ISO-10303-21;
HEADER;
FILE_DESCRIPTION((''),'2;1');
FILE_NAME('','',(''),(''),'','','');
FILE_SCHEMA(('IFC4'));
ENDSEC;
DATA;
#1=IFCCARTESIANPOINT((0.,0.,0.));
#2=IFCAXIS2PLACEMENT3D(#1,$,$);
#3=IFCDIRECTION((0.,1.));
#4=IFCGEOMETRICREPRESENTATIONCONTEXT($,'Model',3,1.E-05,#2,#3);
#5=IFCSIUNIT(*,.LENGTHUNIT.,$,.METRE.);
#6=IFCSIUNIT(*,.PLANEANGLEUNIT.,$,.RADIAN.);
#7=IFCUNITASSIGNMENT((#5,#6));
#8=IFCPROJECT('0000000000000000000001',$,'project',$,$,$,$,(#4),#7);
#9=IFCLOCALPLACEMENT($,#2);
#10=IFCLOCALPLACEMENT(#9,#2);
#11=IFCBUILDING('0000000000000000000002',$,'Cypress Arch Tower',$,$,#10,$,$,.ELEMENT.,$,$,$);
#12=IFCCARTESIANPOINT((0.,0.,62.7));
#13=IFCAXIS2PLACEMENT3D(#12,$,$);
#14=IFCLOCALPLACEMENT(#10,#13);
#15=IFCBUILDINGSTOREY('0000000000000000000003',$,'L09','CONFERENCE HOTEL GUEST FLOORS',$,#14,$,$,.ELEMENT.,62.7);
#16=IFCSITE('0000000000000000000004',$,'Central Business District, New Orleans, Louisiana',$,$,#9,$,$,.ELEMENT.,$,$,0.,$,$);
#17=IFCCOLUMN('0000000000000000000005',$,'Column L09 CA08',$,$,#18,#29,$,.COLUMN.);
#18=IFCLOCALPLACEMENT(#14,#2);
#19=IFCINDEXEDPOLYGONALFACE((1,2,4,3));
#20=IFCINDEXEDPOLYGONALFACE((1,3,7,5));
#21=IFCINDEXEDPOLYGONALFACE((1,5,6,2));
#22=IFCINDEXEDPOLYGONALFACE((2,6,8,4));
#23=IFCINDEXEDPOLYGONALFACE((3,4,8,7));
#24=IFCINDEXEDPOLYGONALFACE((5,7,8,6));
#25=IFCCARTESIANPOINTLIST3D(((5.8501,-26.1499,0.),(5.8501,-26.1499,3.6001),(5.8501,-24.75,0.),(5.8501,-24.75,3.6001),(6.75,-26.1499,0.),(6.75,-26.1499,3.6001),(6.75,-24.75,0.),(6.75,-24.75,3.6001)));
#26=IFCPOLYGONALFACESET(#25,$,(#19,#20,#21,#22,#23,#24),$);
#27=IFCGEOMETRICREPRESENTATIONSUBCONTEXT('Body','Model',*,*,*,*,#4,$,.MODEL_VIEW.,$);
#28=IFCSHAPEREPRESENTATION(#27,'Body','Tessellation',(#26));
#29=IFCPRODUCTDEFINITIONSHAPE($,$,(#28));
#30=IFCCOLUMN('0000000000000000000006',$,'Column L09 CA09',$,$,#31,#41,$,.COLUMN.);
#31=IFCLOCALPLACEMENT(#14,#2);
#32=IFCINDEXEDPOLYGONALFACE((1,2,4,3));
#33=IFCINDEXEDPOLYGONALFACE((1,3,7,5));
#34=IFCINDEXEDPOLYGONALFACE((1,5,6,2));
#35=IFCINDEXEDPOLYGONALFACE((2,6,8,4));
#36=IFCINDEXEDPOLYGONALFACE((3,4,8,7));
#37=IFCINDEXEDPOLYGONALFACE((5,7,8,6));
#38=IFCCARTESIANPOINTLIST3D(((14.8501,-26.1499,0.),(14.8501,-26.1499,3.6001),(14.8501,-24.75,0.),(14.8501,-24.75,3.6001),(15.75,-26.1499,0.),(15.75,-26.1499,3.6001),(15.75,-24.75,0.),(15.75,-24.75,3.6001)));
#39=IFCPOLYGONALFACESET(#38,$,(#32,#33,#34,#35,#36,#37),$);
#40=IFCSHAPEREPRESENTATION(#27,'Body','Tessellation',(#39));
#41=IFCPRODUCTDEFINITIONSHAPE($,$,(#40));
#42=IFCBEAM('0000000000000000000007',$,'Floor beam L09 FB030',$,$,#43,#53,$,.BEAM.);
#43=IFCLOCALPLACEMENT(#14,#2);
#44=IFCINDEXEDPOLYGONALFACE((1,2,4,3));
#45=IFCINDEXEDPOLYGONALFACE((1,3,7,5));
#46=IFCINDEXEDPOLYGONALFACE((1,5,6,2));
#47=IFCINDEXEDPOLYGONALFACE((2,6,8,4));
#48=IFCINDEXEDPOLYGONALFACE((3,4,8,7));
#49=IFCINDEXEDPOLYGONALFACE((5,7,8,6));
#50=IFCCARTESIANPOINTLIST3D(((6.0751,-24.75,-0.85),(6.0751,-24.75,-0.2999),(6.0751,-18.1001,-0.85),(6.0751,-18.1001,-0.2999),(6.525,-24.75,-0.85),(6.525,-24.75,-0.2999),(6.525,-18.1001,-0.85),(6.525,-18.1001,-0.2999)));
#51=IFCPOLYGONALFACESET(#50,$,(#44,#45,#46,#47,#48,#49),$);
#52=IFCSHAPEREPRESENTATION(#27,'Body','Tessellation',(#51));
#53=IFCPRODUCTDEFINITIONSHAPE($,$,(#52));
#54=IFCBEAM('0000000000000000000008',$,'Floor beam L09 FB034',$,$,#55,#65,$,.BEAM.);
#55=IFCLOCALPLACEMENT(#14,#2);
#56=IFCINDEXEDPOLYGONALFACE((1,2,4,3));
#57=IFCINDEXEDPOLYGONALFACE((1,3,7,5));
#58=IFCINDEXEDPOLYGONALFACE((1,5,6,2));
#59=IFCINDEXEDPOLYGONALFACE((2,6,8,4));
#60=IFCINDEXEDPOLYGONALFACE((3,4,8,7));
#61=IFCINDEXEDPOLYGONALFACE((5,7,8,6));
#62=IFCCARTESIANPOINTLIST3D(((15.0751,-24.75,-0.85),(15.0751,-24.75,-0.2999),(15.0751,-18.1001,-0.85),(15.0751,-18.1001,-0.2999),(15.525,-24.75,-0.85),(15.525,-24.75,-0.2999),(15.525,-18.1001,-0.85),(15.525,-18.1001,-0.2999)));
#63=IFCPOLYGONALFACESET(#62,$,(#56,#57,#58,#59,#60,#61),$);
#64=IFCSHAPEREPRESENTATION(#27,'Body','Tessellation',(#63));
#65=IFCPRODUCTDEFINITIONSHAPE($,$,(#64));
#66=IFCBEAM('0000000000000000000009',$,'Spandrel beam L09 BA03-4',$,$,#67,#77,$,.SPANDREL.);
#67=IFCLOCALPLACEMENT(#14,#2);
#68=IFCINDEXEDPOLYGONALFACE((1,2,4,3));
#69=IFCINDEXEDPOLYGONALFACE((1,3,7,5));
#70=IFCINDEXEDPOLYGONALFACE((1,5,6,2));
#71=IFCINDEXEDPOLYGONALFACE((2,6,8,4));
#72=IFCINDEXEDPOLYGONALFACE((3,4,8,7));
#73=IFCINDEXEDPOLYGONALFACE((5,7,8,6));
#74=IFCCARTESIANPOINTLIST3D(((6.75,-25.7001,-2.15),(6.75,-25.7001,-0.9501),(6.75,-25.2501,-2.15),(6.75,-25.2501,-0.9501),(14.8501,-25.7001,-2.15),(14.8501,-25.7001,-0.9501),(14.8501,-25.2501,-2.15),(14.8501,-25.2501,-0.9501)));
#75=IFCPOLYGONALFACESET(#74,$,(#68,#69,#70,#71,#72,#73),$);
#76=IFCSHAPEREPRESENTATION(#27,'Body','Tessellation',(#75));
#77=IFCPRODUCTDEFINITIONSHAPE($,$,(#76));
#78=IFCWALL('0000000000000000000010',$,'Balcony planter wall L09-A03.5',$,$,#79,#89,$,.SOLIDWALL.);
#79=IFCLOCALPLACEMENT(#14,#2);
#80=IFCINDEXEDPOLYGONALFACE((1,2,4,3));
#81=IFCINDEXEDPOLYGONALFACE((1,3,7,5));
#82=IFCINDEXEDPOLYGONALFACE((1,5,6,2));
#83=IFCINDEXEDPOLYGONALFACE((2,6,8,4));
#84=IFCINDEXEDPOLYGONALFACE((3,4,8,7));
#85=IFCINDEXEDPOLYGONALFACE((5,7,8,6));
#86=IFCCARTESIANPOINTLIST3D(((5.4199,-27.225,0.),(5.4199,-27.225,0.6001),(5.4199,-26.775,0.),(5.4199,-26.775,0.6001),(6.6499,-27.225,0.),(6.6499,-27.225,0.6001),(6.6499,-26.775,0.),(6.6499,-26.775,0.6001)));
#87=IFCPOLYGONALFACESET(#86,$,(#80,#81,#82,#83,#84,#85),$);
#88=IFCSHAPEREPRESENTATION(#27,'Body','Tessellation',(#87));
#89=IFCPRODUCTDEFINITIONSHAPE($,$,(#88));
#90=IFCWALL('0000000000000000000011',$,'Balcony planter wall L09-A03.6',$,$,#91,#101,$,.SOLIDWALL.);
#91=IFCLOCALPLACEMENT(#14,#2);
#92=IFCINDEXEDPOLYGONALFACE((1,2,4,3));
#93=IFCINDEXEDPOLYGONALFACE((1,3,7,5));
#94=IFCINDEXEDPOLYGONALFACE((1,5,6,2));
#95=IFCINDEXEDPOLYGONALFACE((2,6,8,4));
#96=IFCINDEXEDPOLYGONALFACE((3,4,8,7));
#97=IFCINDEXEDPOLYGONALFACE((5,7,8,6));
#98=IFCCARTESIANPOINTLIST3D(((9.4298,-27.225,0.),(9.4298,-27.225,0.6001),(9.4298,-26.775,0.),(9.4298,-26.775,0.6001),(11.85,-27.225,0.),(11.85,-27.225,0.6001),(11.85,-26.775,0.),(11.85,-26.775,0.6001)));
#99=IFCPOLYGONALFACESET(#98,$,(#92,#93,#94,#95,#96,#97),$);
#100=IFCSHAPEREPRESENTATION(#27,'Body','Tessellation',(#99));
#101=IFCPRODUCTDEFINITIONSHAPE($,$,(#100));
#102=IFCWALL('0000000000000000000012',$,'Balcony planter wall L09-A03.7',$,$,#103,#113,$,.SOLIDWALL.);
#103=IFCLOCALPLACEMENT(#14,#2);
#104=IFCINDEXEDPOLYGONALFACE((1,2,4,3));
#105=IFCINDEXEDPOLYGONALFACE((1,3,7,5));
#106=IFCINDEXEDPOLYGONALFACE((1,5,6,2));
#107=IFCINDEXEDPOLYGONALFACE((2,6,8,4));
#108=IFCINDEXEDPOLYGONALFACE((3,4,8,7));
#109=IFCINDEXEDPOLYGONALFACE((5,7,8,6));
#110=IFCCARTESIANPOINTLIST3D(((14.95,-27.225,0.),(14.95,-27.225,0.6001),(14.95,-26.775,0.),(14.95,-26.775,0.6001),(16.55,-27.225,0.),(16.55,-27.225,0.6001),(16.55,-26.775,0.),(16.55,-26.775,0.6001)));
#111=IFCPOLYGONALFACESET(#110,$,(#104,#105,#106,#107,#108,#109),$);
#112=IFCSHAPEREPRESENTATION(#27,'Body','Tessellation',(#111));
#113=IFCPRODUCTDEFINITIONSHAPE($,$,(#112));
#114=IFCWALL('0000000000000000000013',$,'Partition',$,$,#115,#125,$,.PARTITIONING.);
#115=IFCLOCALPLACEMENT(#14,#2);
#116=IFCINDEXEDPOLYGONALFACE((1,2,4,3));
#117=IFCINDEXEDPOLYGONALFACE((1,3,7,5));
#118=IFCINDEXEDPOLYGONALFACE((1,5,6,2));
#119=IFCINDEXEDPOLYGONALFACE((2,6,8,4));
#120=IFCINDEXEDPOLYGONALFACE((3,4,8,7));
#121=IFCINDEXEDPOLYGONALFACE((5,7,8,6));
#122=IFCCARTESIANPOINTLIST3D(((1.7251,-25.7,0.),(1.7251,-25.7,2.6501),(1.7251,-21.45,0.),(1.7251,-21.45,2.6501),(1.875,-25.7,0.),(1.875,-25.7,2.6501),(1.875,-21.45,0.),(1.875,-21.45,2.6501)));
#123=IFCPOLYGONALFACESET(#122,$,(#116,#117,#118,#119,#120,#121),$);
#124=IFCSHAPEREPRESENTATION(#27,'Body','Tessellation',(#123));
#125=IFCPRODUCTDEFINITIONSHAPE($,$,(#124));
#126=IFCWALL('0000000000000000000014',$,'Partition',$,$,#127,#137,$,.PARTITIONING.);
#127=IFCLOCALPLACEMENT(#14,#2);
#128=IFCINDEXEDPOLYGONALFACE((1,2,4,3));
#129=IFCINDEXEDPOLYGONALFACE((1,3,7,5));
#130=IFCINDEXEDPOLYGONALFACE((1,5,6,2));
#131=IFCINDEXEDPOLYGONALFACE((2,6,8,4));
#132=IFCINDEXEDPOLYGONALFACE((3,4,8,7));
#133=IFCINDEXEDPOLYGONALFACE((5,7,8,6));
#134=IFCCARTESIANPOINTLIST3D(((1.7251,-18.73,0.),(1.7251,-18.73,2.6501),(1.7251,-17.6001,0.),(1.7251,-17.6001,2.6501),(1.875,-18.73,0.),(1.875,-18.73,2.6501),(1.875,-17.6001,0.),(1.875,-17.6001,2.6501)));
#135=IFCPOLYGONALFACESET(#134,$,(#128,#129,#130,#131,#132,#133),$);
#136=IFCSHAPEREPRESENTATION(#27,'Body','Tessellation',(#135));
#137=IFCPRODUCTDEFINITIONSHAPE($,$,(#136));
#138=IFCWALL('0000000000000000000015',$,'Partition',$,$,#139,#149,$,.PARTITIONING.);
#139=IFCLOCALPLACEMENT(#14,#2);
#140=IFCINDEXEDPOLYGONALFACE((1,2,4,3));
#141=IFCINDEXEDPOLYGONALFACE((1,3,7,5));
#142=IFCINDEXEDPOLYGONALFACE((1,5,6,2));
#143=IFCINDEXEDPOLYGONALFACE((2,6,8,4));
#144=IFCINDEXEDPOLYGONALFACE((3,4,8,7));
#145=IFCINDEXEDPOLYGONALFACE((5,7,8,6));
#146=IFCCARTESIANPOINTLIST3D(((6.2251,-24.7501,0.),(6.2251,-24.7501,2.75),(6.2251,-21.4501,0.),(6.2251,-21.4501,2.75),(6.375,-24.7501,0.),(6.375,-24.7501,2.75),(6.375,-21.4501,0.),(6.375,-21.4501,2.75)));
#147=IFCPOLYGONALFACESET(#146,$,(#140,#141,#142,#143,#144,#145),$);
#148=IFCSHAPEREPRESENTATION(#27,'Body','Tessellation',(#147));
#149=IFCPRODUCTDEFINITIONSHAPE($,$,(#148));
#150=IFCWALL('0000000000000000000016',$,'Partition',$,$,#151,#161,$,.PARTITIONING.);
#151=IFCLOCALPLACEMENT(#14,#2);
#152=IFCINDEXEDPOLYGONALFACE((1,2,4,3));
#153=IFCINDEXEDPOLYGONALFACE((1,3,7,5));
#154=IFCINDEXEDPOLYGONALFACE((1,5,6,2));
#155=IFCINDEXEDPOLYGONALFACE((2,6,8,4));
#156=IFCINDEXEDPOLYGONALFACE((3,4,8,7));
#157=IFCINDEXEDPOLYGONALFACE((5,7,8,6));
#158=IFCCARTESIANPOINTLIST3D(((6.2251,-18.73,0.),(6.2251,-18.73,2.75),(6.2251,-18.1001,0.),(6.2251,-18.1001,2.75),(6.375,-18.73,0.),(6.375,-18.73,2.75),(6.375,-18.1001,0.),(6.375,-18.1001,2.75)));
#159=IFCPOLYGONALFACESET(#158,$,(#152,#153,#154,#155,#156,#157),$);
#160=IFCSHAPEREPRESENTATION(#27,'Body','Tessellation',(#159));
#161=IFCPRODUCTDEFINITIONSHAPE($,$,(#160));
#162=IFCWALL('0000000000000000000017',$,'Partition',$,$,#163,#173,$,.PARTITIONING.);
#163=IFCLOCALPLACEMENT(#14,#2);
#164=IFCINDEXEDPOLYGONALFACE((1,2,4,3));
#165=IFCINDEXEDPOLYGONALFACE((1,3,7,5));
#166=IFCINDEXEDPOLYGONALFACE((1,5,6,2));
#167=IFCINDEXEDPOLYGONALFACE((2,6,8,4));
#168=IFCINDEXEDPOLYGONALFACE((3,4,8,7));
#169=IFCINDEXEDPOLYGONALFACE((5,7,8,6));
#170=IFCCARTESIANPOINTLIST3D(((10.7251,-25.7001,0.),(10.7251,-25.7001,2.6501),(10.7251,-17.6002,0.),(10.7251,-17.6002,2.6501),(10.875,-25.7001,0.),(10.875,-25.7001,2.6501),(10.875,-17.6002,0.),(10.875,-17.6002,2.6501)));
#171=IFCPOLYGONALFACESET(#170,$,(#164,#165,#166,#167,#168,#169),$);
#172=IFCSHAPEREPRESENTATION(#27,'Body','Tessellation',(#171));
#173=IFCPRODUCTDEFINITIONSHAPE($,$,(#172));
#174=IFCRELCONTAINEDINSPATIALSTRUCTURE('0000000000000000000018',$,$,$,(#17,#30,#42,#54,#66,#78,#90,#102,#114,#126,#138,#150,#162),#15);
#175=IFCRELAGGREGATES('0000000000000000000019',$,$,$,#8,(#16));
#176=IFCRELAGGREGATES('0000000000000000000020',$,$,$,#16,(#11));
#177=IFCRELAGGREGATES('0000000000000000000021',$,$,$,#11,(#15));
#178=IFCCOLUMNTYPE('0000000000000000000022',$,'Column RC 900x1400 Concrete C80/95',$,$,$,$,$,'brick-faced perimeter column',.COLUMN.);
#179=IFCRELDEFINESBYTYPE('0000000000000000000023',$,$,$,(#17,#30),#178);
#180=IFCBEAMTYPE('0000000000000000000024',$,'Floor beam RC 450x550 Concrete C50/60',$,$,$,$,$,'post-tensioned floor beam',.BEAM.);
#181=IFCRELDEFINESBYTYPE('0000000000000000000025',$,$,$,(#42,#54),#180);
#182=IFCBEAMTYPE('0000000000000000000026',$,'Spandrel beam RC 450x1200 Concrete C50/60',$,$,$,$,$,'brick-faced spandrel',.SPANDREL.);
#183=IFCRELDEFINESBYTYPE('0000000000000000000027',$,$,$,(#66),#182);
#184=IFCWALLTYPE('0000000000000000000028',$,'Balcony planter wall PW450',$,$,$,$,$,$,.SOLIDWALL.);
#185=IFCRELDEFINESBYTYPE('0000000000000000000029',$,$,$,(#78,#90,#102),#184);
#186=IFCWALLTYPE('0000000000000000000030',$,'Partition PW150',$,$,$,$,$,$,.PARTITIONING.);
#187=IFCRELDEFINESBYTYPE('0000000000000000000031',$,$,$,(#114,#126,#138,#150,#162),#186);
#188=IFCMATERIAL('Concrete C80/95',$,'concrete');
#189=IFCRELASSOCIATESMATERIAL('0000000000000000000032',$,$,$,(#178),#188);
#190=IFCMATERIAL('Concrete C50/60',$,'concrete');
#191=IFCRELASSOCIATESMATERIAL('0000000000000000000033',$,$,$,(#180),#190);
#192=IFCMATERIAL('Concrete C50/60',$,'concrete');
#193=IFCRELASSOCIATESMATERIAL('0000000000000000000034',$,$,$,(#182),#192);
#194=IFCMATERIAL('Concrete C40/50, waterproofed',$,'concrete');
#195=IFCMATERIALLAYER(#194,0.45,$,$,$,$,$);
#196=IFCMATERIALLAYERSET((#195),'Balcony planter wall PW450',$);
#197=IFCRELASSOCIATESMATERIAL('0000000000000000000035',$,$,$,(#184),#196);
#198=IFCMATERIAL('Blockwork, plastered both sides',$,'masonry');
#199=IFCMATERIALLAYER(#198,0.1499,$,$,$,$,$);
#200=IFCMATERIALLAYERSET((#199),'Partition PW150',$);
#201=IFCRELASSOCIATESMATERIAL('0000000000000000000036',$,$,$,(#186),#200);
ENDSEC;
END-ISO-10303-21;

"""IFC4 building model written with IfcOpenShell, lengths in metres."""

from ifc_helpers import new_model, si_unit, direction, frame, frame_2d, origin, origin_2d, place, context, subcontext, project, spatial, rectangle, extrude, material, layer, layer_set, material_profile, profile_set, type_object, element, save


model = new_model("IFC4")

# Units and contexts
model_context = context("Model", 3, precision=1e-05, world=origin(), true_north=direction((0.0, 1.0)))
body_context = subcontext(model_context, "Body", "Model", "MODEL_VIEW")
ifc_project = project(units=[si_unit("LENGTHUNIT", "METRE"), si_unit("PLANEANGLEUNIT", "RADIAN")], contexts=[model_context])

# Site, building, storey
site_placement = place(None, origin())
site = spatial("IfcSite", under=ifc_project, at=site_placement, Name="Central Business District, New Orleans, Louisiana", CompositionType="ELEMENT", RefElevation=0.0)
building_placement = place(site_placement, origin())
building = spatial("IfcBuilding", under=site, at=building_placement, Name="Cypress Arch Tower", CompositionType="ELEMENT")
storey_placement = place(building_placement, frame((0.0, 0.0, 62.7)))
storey = spatial("IfcBuildingStorey", under=building, at=storey_placement, Name="L09", Description="CONFERENCE HOTEL GUEST FLOORS", CompositionType="ELEMENT", Elevation=62.7)

# Columns
ifc_material_1 = material(Name="Concrete C80/95", Category="concrete")
ifc_material_profile_1 = material_profile(ifc_material_1, rectangle(XDim=0.8999, YDim=1.3999, at=origin_2d()), Name="RC 900x1400")
ifc_profile_set_1 = profile_set([ifc_material_profile_1], Name="Concrete C80/95")
column_type = type_object("IfcColumnType", Name="Column RC 900x1400 Concrete C80/95", ElementType="brick-faced perimeter column", PredefinedType="COLUMN", material=ifc_profile_set_1)
for number, where, z_axis, x_axis, name in (
    (1, (6.3, -25.45, 0.0), (0.0, 0.0, 1.0), (1.0, 0.0, 0.0), "Column L09 CA08"),
    (2, (15.3, -25.45, 0.0), (0.0, 0.0, 1.0), (1.0, 0.0, 0.0), "Column L09 CA09"),
):
    element("IfcColumn", number, at=place(storey_placement, frame(where, z_axis=z_axis, x_axis=x_axis)), inside=storey, type_object=column_type, Name=name, PredefinedType="COLUMN", context=body_context, shape_type="SweptSolid", body=[
        extrude(rectangle(XDim=0.8999, YDim=1.3999, at=origin_2d()), origin(), (0.0, 0.0, 1.0), 3.6001),
    ])

# Beams
ifc_material_2 = material(Name="Concrete C50/60", Category="concrete")
ifc_material_profile_2 = material_profile(ifc_material_2, rectangle(XDim=0.45, YDim=0.55, at=origin_2d()), Name="RC 450x550")
ifc_profile_set_2 = profile_set([ifc_material_profile_2], Name="Concrete C50/60")
beam_type_1 = type_object("IfcBeamType", Name="Floor beam RC 450x550 Concrete C50/60", ElementType="post-tensioned floor beam", PredefinedType="BEAM", material=ifc_profile_set_2)
for number, where, z_axis, x_axis, name in (
    (3, (6.3, -24.75, -0.575), (0.0, 1.0, 0.0), (-1.0, 0.0, 0.0), "Floor beam L09 FB030"),
    (4, (15.3, -24.75, -0.575), (0.0, 1.0, 0.0), (-1.0, 0.0, 0.0), "Floor beam L09 FB034"),
):
    element("IfcBeam", number, at=place(storey_placement, frame(where, z_axis=z_axis, x_axis=x_axis)), inside=storey, type_object=beam_type_1, Name=name, PredefinedType="BEAM", context=body_context, shape_type="SweptSolid", body=[
        extrude(rectangle(XDim=0.45, YDim=0.55, at=origin_2d()), origin(), (0.0, 0.0, 1.0), 6.6499),
    ])
ifc_material_3 = material(Name="Concrete C50/60", Category="concrete")
ifc_material_profile_3 = material_profile(ifc_material_3, rectangle(XDim=0.45, YDim=1.2, at=origin_2d()), Name="RC 450x1200")
ifc_profile_set_3 = profile_set([ifc_material_profile_3], Name="Concrete C50/60")
beam_type_2 = type_object("IfcBeamType", Name="Spandrel beam RC 450x1200 Concrete C50/60", ElementType="brick-faced spandrel", PredefinedType="SPANDREL", material=ifc_profile_set_3)
beam_placement = place(storey_placement, frame((6.75, -25.4751, -1.55), z_axis=(1.0, 0.0, 0.0), x_axis=(0.0, 1.0, 0.0)))
element("IfcBeam", 5, at=beam_placement, inside=storey, type_object=beam_type_2, Name="Spandrel beam L09 BA03-4", PredefinedType="SPANDREL", context=body_context, shape_type="SweptSolid", body=[
    extrude(rectangle(XDim=0.45, YDim=1.2, at=origin_2d()), origin(), (0.0, 0.0, 1.0), 8.1001),
])

# Walls
ifc_material_4 = material(Name="Concrete C40/50, waterproofed", Category="concrete")
ifc_layer_1 = layer(ifc_material_4, 0.45)
ifc_layer_set_1 = layer_set([ifc_layer_1], Name="Balcony planter wall PW450")
wall_type_1 = type_object("IfcWallType", Name="Balcony planter wall PW450", PredefinedType="SOLIDWALL", material=ifc_layer_set_1)
wall_1_placement = place(storey_placement, frame((5.4199, -27.0, 0.0), z_axis=(0.0, 0.0, 1.0), x_axis=(1.0, 0.0, 0.0)))
element("IfcWall", 6, at=wall_1_placement, inside=storey, type_object=wall_type_1, Name="Balcony planter wall L09-A03.5", PredefinedType="SOLIDWALL", context=body_context, shape_type="SweptSolid", body=[
    extrude(rectangle(XDim=1.23, YDim=0.45, at=frame_2d((0.615, 0.0))), origin(), (0.0, 0.0, 1.0), 0.6001),
])
wall_2_placement = place(storey_placement, frame((9.4299, -27.0, 0.0), z_axis=(0.0, 0.0, 1.0), x_axis=(1.0, 0.0, 0.0)))
element("IfcWall", 7, at=wall_2_placement, inside=storey, type_object=wall_type_1, Name="Balcony planter wall L09-A03.6", PredefinedType="SOLIDWALL", context=body_context, shape_type="SweptSolid", body=[
    extrude(rectangle(XDim=2.4202, YDim=0.45, at=frame_2d((1.21, 0.0))), origin(), (0.0, 0.0, 1.0), 0.6001),
])
wall_3_placement = place(storey_placement, frame((14.95, -27.0, 0.0), z_axis=(0.0, 0.0, 1.0), x_axis=(1.0, 0.0, 0.0)))
element("IfcWall", 8, at=wall_3_placement, inside=storey, type_object=wall_type_1, Name="Balcony planter wall L09-A03.7", PredefinedType="SOLIDWALL", context=body_context, shape_type="SweptSolid", body=[
    extrude(rectangle(XDim=1.6001, YDim=0.45, at=frame_2d((0.8, 0.0))), origin(), (0.0, 0.0, 1.0), 0.6001),
])

# Walls
ifc_material_5 = material(Name="Blockwork, plastered both sides", Category="masonry")
ifc_layer_2 = layer(ifc_material_5, 0.1499)
ifc_layer_set_2 = layer_set([ifc_layer_2], Name="Partition PW150")
wall_type_2 = type_object("IfcWallType", Name="Partition PW150", PredefinedType="PARTITIONING", material=ifc_layer_set_2)
wall_4_placement = place(storey_placement, frame((1.8, -25.7, 0.0), z_axis=(0.0, 0.0, 1.0), x_axis=(0.0, 1.0, 0.0)))
element("IfcWall", 9, at=wall_4_placement, inside=storey, type_object=wall_type_2, Name="Partition", PredefinedType="PARTITIONING", context=body_context, shape_type="SweptSolid", body=[
    extrude(rectangle(XDim=4.25, YDim=0.1499, at=frame_2d((2.125, 0.0))), origin(), (0.0, 0.0, 1.0), 2.6501),
])
wall_5_placement = place(storey_placement, frame((1.8, -18.73, 0.0), z_axis=(0.0, 0.0, 1.0), x_axis=(0.0, 1.0, 0.0)))
element("IfcWall", 10, at=wall_5_placement, inside=storey, type_object=wall_type_2, Name="Partition", PredefinedType="PARTITIONING", context=body_context, shape_type="SweptSolid", body=[
    extrude(rectangle(XDim=1.1299, YDim=0.1499, at=frame_2d((0.5649, 0.0))), origin(), (0.0, 0.0, 1.0), 2.6501),
])
wall_6_placement = place(storey_placement, frame((6.3, -24.75, 0.0), z_axis=(0.0, 0.0, 1.0), x_axis=(0.0, 1.0, 0.0)))
element("IfcWall", 11, at=wall_6_placement, inside=storey, type_object=wall_type_2, Name="Partition", PredefinedType="PARTITIONING", context=body_context, shape_type="SweptSolid", body=[
    extrude(rectangle(XDim=3.3, YDim=0.1499, at=frame_2d((1.6499, 0.0))), origin(), (0.0, 0.0, 1.0), 2.75),
])
wall_7_placement = place(storey_placement, frame((6.3, -18.73, 0.0), z_axis=(0.0, 0.0, 1.0), x_axis=(0.0, 1.0, 0.0)))
element("IfcWall", 12, at=wall_7_placement, inside=storey, type_object=wall_type_2, Name="Partition", PredefinedType="PARTITIONING", context=body_context, shape_type="SweptSolid", body=[
    extrude(rectangle(XDim=0.6299, YDim=0.1499, at=frame_2d((0.3149, 0.0))), origin(), (0.0, 0.0, 1.0), 2.75),
])
wall_8_placement = place(storey_placement, frame((10.8, -25.7, 0.0), z_axis=(0.0, 0.0, 1.0), x_axis=(0.0, 1.0, 0.0)))
element("IfcWall", 13, at=wall_8_placement, inside=storey, type_object=wall_type_2, Name="Partition", PredefinedType="PARTITIONING", context=body_context, shape_type="SweptSolid", body=[
    extrude(rectangle(XDim=8.0999, YDim=0.1499, at=frame_2d((4.0498, 0.0))), origin(), (0.0, 0.0, 1.0), 2.6501),
])

save(model, "model.ifc")
